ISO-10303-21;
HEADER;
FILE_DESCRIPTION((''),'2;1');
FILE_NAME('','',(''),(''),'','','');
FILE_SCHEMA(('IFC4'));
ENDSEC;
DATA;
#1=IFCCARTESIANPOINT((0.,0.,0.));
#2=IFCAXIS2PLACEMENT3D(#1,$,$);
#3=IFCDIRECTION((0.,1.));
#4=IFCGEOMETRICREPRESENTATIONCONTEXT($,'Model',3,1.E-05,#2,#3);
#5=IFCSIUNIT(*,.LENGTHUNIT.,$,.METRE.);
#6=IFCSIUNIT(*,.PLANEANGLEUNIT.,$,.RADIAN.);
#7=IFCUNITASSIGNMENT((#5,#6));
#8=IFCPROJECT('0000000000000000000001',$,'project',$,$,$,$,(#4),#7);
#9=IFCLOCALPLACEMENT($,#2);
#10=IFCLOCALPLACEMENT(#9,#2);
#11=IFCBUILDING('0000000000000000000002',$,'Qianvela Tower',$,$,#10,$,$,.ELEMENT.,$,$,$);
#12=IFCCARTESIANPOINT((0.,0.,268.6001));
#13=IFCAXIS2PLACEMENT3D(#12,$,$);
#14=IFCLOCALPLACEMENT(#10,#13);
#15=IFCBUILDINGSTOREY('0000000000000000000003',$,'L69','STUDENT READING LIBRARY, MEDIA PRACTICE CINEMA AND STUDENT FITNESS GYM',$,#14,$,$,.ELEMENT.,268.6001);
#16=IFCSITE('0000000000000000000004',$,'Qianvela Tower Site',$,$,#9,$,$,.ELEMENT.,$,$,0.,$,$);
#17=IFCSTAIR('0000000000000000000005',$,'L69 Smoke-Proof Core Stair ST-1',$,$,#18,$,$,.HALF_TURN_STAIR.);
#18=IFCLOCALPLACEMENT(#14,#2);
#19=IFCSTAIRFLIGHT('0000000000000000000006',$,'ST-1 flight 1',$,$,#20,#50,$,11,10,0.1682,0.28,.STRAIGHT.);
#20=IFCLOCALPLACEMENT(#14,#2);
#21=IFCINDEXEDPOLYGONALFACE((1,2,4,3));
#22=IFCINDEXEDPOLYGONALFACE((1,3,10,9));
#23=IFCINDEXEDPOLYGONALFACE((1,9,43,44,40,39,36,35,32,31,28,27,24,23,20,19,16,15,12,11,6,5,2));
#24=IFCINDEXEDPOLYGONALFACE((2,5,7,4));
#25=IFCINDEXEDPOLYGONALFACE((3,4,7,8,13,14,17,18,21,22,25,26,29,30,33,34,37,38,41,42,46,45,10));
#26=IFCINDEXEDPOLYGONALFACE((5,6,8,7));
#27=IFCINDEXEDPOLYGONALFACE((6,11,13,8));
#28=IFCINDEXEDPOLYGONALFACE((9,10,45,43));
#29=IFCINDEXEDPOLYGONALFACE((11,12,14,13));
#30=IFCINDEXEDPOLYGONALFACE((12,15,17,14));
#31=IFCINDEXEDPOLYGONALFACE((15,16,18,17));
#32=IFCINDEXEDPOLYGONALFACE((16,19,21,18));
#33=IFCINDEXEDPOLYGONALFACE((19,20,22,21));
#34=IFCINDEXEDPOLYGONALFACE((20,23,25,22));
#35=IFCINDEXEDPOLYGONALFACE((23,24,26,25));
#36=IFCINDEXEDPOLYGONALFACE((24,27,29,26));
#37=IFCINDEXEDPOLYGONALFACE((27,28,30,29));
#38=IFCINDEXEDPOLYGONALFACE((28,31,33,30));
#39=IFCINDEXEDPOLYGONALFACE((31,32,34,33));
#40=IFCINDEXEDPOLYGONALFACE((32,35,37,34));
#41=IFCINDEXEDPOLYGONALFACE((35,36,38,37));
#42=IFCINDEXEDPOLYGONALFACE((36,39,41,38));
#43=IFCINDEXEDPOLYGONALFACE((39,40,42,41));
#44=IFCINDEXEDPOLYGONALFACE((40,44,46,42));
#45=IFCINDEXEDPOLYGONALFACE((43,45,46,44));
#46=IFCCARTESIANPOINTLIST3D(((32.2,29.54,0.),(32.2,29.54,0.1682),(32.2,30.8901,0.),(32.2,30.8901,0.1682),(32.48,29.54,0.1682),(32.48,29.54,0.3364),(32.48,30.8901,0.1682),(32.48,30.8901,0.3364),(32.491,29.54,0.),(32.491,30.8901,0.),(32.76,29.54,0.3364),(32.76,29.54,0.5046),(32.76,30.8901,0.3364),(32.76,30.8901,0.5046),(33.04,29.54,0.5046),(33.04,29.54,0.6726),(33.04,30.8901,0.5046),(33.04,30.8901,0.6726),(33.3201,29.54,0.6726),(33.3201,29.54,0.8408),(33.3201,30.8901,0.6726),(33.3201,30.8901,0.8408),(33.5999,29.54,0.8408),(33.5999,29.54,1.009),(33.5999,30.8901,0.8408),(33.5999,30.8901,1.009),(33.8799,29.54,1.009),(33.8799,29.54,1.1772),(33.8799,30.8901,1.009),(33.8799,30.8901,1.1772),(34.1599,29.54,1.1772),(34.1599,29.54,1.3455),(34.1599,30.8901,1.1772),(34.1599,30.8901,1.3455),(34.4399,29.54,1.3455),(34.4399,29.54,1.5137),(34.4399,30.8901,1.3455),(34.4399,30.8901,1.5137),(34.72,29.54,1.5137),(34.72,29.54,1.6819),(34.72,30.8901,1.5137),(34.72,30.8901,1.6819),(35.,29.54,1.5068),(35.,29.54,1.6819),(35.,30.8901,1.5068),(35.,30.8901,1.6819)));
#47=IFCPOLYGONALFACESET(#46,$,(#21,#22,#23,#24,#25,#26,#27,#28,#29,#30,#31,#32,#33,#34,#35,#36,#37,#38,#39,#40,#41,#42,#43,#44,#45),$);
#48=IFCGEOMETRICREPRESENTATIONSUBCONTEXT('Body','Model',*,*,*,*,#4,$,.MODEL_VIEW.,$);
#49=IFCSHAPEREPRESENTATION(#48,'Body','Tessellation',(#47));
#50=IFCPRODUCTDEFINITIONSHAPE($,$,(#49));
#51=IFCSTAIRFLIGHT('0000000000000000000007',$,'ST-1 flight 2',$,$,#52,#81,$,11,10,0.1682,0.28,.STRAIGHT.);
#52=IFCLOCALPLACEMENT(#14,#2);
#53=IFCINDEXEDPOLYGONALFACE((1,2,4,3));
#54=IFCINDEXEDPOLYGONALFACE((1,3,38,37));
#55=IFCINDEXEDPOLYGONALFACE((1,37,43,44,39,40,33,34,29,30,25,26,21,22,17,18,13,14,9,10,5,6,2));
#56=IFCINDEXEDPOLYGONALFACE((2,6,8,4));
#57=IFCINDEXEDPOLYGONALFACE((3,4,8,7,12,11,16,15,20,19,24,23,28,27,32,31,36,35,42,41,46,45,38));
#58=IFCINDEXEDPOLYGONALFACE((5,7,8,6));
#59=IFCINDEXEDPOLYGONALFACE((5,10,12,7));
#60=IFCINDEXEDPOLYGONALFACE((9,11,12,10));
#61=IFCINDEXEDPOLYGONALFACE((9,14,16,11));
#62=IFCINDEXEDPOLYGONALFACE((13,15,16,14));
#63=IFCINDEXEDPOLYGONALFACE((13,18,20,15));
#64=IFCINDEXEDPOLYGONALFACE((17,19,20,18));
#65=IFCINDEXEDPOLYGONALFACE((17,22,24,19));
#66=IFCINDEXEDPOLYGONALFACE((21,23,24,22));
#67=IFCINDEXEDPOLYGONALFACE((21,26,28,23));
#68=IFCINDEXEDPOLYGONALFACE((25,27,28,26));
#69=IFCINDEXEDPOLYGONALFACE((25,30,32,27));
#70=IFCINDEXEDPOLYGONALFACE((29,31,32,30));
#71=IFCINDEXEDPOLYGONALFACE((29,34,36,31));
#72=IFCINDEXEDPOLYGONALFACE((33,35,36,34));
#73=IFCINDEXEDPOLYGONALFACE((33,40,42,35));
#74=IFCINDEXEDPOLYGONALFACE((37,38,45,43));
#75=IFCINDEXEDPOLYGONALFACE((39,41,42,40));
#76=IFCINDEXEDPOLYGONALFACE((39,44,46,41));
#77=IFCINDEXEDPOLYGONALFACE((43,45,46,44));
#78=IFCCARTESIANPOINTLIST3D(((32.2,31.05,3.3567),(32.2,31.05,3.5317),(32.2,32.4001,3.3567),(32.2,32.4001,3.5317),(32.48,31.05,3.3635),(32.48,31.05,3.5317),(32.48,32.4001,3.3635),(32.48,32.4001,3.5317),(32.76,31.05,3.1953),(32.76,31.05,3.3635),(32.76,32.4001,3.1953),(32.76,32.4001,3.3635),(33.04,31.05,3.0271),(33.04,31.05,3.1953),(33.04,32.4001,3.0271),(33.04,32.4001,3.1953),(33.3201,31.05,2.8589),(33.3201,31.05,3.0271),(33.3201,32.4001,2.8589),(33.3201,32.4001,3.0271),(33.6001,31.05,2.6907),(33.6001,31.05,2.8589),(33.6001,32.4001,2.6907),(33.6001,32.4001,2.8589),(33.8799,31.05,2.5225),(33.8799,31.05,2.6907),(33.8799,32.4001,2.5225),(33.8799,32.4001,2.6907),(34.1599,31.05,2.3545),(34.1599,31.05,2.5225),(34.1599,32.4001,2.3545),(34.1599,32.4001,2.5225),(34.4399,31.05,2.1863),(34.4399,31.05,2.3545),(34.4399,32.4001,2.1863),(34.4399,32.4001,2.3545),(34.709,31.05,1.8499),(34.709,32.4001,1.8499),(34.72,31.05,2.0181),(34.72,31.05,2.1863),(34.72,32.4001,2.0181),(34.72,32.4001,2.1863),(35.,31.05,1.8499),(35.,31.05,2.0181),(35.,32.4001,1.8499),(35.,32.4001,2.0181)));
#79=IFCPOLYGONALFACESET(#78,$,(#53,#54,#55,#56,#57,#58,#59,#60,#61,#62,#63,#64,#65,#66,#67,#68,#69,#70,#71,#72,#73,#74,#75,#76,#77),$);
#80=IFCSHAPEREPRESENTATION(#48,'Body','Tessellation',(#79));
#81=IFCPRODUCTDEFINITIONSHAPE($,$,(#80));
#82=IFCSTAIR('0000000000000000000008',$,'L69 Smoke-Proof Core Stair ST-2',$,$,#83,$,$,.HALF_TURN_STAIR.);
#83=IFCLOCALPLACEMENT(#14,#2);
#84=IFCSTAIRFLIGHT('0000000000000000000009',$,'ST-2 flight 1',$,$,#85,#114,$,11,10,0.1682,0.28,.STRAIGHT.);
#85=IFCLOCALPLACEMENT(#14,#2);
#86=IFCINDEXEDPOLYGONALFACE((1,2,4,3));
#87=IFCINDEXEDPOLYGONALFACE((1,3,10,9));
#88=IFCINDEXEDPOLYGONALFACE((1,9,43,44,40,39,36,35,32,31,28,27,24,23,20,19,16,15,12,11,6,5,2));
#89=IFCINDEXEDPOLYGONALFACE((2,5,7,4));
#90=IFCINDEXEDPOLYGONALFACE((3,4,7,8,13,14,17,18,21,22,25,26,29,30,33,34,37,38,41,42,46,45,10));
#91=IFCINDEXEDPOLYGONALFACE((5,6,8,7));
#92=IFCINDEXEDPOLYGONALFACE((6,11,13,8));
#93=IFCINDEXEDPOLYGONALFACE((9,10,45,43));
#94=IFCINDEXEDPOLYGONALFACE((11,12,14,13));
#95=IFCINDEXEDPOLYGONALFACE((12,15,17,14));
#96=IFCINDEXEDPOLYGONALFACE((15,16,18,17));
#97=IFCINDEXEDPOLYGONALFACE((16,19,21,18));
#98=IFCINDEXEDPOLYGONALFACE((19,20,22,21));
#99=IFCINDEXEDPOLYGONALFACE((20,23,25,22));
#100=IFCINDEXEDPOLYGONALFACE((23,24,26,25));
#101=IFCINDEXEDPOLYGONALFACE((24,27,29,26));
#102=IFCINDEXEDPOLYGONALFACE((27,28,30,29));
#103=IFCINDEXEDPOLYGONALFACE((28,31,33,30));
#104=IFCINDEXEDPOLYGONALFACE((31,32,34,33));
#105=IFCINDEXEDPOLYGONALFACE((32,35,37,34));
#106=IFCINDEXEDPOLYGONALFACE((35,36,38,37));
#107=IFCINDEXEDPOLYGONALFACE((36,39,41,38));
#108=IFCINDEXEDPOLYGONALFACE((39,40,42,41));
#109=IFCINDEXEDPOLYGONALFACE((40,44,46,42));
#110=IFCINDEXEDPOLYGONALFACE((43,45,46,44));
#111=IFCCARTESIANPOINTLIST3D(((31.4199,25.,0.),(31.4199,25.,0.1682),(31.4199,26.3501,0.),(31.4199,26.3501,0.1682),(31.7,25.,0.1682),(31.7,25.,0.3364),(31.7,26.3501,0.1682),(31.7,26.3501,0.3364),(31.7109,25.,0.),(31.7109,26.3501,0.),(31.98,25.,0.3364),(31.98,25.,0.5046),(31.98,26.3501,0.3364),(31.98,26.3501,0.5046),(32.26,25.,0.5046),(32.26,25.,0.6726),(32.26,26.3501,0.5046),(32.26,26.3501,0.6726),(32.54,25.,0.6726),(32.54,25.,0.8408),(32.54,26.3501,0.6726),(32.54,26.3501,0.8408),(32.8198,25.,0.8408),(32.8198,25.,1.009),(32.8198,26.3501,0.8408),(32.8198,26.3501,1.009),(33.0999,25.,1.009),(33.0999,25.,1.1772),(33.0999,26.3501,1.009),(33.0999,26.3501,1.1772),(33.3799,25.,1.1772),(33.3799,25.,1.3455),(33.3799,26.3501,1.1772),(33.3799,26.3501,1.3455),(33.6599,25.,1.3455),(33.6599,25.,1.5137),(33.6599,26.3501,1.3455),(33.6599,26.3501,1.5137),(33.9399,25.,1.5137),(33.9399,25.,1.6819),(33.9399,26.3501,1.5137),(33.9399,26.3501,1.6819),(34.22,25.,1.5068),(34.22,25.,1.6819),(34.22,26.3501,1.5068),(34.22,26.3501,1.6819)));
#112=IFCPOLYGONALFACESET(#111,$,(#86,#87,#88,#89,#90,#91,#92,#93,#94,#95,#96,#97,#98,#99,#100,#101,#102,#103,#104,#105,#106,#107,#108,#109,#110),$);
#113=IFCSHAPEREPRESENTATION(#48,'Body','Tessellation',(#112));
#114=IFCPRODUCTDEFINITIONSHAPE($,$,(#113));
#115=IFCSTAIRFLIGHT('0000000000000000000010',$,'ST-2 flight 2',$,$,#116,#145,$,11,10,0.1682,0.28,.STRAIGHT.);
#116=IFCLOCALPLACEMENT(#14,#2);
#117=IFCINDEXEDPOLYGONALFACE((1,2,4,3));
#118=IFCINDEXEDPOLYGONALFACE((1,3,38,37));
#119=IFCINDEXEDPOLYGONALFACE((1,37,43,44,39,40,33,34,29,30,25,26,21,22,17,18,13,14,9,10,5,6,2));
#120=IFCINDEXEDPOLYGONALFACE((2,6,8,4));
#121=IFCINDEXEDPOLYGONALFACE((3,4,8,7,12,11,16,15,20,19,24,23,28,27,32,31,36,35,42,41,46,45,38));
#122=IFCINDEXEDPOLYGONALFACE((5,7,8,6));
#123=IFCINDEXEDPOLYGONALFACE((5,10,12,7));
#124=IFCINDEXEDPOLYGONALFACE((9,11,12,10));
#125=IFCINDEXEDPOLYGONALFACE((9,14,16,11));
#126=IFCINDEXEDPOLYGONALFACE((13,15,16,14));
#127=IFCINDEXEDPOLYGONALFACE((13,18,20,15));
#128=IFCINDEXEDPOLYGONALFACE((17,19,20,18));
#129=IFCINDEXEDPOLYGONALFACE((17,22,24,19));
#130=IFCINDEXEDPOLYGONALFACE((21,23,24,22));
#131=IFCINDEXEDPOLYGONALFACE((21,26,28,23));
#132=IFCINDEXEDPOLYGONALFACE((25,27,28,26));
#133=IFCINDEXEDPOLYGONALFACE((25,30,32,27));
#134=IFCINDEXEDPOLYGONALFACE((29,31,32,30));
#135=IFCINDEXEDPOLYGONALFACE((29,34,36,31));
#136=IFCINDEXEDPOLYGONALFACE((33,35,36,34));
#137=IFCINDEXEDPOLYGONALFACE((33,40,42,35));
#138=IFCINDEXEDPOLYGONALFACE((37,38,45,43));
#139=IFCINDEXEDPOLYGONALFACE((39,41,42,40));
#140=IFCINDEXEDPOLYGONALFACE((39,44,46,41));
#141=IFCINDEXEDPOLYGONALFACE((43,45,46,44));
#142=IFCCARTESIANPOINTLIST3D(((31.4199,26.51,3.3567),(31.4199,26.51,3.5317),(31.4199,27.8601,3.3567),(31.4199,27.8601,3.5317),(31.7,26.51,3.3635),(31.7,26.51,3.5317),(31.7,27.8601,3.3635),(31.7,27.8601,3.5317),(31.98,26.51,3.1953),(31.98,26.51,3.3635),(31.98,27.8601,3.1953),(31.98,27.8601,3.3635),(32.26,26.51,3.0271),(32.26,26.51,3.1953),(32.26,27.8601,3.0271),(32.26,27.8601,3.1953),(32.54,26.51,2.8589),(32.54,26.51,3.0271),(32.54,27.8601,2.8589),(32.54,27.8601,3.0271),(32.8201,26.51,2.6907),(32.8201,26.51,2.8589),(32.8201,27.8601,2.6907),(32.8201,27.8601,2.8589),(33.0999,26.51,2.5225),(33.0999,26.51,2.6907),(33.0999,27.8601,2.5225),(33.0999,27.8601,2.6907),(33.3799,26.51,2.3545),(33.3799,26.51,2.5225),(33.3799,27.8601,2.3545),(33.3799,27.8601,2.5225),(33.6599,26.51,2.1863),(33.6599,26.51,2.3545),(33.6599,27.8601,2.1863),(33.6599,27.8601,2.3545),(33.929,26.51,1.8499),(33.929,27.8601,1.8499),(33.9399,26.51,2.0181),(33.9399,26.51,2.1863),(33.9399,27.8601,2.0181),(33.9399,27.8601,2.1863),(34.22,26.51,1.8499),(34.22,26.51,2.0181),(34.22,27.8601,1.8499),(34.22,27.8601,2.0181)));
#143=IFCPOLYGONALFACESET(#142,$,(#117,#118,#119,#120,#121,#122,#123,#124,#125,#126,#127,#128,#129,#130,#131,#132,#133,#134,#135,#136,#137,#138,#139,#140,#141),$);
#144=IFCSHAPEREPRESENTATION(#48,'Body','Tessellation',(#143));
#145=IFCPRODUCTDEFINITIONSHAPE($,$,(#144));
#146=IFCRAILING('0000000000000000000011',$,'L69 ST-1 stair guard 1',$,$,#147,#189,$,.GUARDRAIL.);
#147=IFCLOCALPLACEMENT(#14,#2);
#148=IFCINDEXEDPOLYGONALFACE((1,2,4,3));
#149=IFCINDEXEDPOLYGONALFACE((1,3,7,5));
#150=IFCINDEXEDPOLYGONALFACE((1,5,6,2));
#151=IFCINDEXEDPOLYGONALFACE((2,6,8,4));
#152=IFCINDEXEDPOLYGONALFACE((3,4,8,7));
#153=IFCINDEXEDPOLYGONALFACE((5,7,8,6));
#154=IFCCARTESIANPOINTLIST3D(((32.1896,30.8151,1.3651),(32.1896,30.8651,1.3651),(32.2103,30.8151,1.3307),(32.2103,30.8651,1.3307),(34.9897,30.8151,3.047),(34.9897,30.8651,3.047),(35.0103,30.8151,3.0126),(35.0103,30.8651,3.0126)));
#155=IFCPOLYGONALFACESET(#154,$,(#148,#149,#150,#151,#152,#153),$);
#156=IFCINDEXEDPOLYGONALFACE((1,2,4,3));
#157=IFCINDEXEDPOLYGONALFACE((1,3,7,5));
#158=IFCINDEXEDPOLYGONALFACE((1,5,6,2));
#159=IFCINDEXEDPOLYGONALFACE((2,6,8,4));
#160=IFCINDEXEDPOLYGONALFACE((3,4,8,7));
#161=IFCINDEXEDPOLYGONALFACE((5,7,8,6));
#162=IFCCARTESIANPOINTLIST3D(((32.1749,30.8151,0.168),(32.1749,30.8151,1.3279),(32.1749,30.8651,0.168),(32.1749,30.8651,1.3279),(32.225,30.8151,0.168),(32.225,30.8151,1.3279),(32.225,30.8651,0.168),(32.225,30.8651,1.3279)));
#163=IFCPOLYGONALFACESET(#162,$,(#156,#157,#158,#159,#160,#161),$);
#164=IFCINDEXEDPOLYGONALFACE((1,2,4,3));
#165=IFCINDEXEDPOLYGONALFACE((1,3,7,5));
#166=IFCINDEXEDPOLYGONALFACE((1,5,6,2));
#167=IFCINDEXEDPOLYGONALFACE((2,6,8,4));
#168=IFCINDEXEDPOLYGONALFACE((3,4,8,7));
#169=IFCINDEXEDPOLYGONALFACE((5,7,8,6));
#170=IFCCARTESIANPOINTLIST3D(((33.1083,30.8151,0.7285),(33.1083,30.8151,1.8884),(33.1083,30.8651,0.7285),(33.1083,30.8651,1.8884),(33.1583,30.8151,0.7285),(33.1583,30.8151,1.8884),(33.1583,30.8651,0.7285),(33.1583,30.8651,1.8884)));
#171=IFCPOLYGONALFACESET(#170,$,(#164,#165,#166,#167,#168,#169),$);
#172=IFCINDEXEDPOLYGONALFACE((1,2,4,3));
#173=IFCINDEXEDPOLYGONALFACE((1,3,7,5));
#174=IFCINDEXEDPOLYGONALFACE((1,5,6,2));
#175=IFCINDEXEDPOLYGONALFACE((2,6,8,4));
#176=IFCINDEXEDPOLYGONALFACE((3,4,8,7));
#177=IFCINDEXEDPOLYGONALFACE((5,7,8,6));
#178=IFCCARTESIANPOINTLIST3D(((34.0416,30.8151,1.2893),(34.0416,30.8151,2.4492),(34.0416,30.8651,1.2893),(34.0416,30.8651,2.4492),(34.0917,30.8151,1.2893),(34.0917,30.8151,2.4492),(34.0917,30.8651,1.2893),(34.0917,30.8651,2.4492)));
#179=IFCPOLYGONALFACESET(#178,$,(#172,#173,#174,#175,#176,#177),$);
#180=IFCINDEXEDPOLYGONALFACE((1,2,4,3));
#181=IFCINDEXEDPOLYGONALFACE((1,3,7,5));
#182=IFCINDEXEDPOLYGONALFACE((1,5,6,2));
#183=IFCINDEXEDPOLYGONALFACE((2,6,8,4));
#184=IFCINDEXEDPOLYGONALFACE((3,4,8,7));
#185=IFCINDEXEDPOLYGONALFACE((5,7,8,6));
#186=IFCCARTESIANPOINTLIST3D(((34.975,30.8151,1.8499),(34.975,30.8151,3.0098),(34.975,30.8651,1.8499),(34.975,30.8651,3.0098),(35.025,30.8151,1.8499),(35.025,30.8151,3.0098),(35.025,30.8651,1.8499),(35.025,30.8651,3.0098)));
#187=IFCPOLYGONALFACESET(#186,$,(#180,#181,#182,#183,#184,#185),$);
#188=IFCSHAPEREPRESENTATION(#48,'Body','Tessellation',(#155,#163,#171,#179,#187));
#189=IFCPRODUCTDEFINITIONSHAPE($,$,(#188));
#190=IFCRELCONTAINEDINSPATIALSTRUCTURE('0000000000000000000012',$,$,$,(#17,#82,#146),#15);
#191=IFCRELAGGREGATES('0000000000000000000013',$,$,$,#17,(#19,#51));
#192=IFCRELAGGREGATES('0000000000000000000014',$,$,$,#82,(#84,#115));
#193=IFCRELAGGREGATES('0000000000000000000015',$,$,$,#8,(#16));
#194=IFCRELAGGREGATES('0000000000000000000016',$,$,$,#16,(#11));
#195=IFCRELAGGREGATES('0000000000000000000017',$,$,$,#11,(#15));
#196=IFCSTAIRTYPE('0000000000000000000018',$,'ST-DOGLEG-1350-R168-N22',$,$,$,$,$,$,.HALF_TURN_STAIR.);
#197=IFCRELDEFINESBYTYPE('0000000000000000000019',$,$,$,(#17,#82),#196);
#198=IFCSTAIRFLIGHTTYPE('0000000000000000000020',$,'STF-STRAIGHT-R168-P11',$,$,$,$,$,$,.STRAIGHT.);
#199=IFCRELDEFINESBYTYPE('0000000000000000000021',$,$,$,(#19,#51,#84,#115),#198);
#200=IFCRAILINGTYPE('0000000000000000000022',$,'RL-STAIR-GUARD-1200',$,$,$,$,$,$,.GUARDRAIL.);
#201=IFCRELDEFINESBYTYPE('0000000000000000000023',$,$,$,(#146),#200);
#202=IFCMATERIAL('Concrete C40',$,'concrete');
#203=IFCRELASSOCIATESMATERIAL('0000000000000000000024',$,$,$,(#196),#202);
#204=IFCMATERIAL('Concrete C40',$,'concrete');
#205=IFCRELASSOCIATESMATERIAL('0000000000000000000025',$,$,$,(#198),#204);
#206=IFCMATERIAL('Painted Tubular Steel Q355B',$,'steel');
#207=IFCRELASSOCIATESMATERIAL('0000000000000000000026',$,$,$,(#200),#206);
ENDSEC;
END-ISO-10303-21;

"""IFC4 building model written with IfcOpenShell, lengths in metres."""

from ifc_helpers import new_model, si_unit, direction, frame, origin, origin_2d, place, context, subcontext, project, spatial, polyline, rectangle, outline, extrude, material, type_object, element, aggregate, save


model = new_model("IFC4")

# Units and contexts
model_context = context("Model", 3, precision=1e-05, world=origin(), true_north=direction((0.0, 1.0)))
body_context = subcontext(model_context, "Body", "Model", "MODEL_VIEW")
ifc_project = project(units=[si_unit("LENGTHUNIT", "METRE"), si_unit("PLANEANGLEUNIT", "RADIAN")], contexts=[model_context])

# Site, building, storey
site_placement = place(None, origin())
site = spatial("IfcSite", under=ifc_project, at=site_placement, Name="Qianvela Tower Site", CompositionType="ELEMENT", RefElevation=0.0)
building_placement = place(site_placement, origin())
building = spatial("IfcBuilding", under=site, at=building_placement, Name="Qianvela Tower", CompositionType="ELEMENT")
storey_placement = place(building_placement, frame((0.0, 0.0, 268.6001)))
storey = spatial("IfcBuildingStorey", under=building, at=storey_placement, Name="L69", Description="STUDENT READING LIBRARY, MEDIA PRACTICE CINEMA AND STUDENT FITNESS GYM", CompositionType="ELEMENT", Elevation=268.6001)

# Stairs, stair flights
ifc_material_1 = material(Name="Concrete C40", Category="concrete")
stair_type = type_object("IfcStairType", Name="ST-DOGLEG-1350-R168-N22", PredefinedType="HALF_TURN_STAIR", material=ifc_material_1)
stair_1_placement = place(storey_placement, origin())
stair_1 = element("IfcStair", 1, at=stair_1_placement, inside=storey, type_object=stair_type, Name="L69 Smoke-Proof Core Stair ST-1", PredefinedType="HALF_TURN_STAIR")
ifc_material_2 = material(Name="Concrete C40", Category="concrete")
stair_flight_type = type_object("IfcStairFlightType", Name="STF-STRAIGHT-R168-P11", PredefinedType="STRAIGHT", material=ifc_material_2)
stair_flight_1_placement = place(storey_placement, frame((32.2, 30.2151, 0.0), z_axis=(0.0, 0.0, 1.0), x_axis=(1.0, 0.0, 0.0)))
stair_flight_1 = element("IfcStairFlight", 2, at=stair_flight_1_placement, type_object=stair_flight_type, Name="ST-1 flight 1", NumberOfRisers=11, NumberOfTreads=10, PredefinedType="STRAIGHT", RiserHeight=0.1682, TreadLength=0.28, context=body_context, shape_type="SweptSolid", body=[
    extrude(outline(polyline([(0.0, 0.0), (0.0, 0.1682), (0.28, 0.1682), (0.28, 0.3364), (0.5601, 0.3364), (0.5601, 0.5046), (0.8401, 0.5046), (0.8401, 0.6726), (1.1201, 0.6726), (1.1201, 0.8408), (1.3999, 0.8408), (1.3999, 1.009), (1.6799, 1.009), (1.6799, 1.1772), (1.96, 1.1772), (1.96, 1.3455), (2.24, 1.3455), (2.24, 1.5137), (2.52, 1.5137), (2.52, 1.6819), (2.8, 1.6819), (2.8, 1.8501), (2.8, 1.5068), (0.291, 0.0), (0.0, 0.0)])), frame((0.0, 0.675, 0.0), z_axis=(0.0, -1.0, 0.0), x_axis=(1.0, 0.0, 0.0)), (0.0, 0.0, 1.0), 1.3501),
])
stair_flight_2_placement = place(storey_placement, frame((35.0, 31.7251, 1.8499), z_axis=(0.0, 0.0, 1.0), x_axis=(-1.0, 0.0, 0.0)))
stair_flight_2 = element("IfcStairFlight", 3, at=stair_flight_2_placement, type_object=stair_flight_type, Name="ST-1 flight 2", NumberOfRisers=11, NumberOfTreads=10, PredefinedType="STRAIGHT", RiserHeight=0.1682, TreadLength=0.28, context=body_context, shape_type="SweptSolid", body=[
    extrude(outline(polyline([(0.0, 0.0), (0.0, 0.1682), (0.28, 0.1682), (0.28, 0.3364), (0.5601, 0.3364), (0.5601, 0.5046), (0.8401, 0.5046), (0.8401, 0.6726), (1.1201, 0.6726), (1.1201, 0.8408), (1.3999, 0.8408), (1.3999, 1.009), (1.6799, 1.009), (1.6799, 1.1772), (1.96, 1.1772), (1.96, 1.3455), (2.24, 1.3455), (2.24, 1.5137), (2.52, 1.5137), (2.52, 1.6819), (2.8, 1.6819), (2.8, 1.8501), (2.8, 1.5068), (0.291, 0.0), (0.0, 0.0)])), frame((0.0, 0.675, 0.0), z_axis=(0.0, -1.0, 0.0), x_axis=(1.0, 0.0, 0.0)), (0.0, 0.0, 1.0), 1.3501),
])
aggregate(stair_1, [stair_flight_1, stair_flight_2])
stair_2_placement = place(storey_placement, origin())
stair_2 = element("IfcStair", 4, at=stair_2_placement, inside=storey, type_object=stair_type, Name="L69 Smoke-Proof Core Stair ST-2", PredefinedType="HALF_TURN_STAIR")
stair_flight_3_placement = place(storey_placement, frame((31.4199, 25.675, 0.0), z_axis=(0.0, 0.0, 1.0), x_axis=(1.0, 0.0, 0.0)))
stair_flight_3 = element("IfcStairFlight", 5, at=stair_flight_3_placement, type_object=stair_flight_type, Name="ST-2 flight 1", NumberOfRisers=11, NumberOfTreads=10, PredefinedType="STRAIGHT", RiserHeight=0.1682, TreadLength=0.28, context=body_context, shape_type="SweptSolid", body=[
    extrude(outline(polyline([(0.0, 0.0), (0.0, 0.1682), (0.28, 0.1682), (0.28, 0.3364), (0.5601, 0.3364), (0.5601, 0.5046), (0.8401, 0.5046), (0.8401, 0.6726), (1.1201, 0.6726), (1.1201, 0.8408), (1.3999, 0.8408), (1.3999, 1.009), (1.6799, 1.009), (1.6799, 1.1772), (1.96, 1.1772), (1.96, 1.3455), (2.24, 1.3455), (2.24, 1.5137), (2.52, 1.5137), (2.52, 1.6819), (2.8, 1.6819), (2.8, 1.8501), (2.8, 1.5068), (0.291, 0.0), (0.0, 0.0)])), frame((0.0, 0.675, 0.0), z_axis=(0.0, -1.0, 0.0), x_axis=(1.0, 0.0, 0.0)), (0.0, 0.0, 1.0), 1.3501),
])
stair_flight_4_placement = place(storey_placement, frame((34.22, 27.1851, 1.8499), z_axis=(0.0, 0.0, 1.0), x_axis=(-1.0, 0.0, 0.0)))
stair_flight_4 = element("IfcStairFlight", 6, at=stair_flight_4_placement, type_object=stair_flight_type, Name="ST-2 flight 2", NumberOfRisers=11, NumberOfTreads=10, PredefinedType="STRAIGHT", RiserHeight=0.1682, TreadLength=0.28, context=body_context, shape_type="SweptSolid", body=[
    extrude(outline(polyline([(0.0, 0.0), (0.0, 0.1682), (0.28, 0.1682), (0.28, 0.3364), (0.5601, 0.3364), (0.5601, 0.5046), (0.8401, 0.5046), (0.8401, 0.6726), (1.1201, 0.6726), (1.1201, 0.8408), (1.3999, 0.8408), (1.3999, 1.009), (1.6799, 1.009), (1.6799, 1.1772), (1.96, 1.1772), (1.96, 1.3455), (2.24, 1.3455), (2.24, 1.5137), (2.52, 1.5137), (2.52, 1.6819), (2.8, 1.6819), (2.8, 1.8501), (2.8, 1.5068), (0.291, 0.0), (0.0, 0.0)])), frame((0.0, 0.675, 0.0), z_axis=(0.0, -1.0, 0.0), x_axis=(1.0, 0.0, 0.0)), (0.0, 0.0, 1.0), 1.3501),
])
aggregate(stair_2, [stair_flight_3, stair_flight_4])

# Railing
ifc_material_3 = material(Name="Painted Tubular Steel Q355B", Category="steel")
railing_type_1 = type_object("IfcRailingType", Name="RL-STAIR-GUARD-1200", PredefinedType="GUARDRAIL", material=ifc_material_3)
railing_1_placement = place(storey_placement, frame((32.2, 30.8401, 0.168)))
element("IfcRailing", 7, at=railing_1_placement, inside=storey, type_object=railing_type_1, Name="L69 ST-1 stair guard 1", PredefinedType="GUARDRAIL", context=body_context, shape_type="SweptSolid", body=[
    extrude(rectangle(XDim=0.05, YDim=0.04, at=origin_2d()), frame((0.0, 0.0, 1.1799), z_axis=(0.857242, 0.0, 0.514913), x_axis=(0.0, 1.0, 0.0)), (0.0, 0.0, 1.0), 3.2664),
    extrude(rectangle(XDim=0.05, YDim=0.05, at=origin_2d()), origin(), (0.0, 0.0, 1.0), 1.1599),
    extrude(rectangle(XDim=0.05, YDim=0.05, at=origin_2d()), frame((0.9333, 0.0, 0.5605)), (0.0, 0.0, 1.0), 1.1599),
    extrude(rectangle(XDim=0.05, YDim=0.05, at=origin_2d()), frame((1.8667, 0.0, 1.1213)), (0.0, 0.0, 1.0), 1.1599),
    extrude(rectangle(XDim=0.05, YDim=0.05, at=origin_2d()), frame((2.8, 0.0, 1.6819)), (0.0, 0.0, 1.0), 1.1599),
])

save(model, "model.ifc")
